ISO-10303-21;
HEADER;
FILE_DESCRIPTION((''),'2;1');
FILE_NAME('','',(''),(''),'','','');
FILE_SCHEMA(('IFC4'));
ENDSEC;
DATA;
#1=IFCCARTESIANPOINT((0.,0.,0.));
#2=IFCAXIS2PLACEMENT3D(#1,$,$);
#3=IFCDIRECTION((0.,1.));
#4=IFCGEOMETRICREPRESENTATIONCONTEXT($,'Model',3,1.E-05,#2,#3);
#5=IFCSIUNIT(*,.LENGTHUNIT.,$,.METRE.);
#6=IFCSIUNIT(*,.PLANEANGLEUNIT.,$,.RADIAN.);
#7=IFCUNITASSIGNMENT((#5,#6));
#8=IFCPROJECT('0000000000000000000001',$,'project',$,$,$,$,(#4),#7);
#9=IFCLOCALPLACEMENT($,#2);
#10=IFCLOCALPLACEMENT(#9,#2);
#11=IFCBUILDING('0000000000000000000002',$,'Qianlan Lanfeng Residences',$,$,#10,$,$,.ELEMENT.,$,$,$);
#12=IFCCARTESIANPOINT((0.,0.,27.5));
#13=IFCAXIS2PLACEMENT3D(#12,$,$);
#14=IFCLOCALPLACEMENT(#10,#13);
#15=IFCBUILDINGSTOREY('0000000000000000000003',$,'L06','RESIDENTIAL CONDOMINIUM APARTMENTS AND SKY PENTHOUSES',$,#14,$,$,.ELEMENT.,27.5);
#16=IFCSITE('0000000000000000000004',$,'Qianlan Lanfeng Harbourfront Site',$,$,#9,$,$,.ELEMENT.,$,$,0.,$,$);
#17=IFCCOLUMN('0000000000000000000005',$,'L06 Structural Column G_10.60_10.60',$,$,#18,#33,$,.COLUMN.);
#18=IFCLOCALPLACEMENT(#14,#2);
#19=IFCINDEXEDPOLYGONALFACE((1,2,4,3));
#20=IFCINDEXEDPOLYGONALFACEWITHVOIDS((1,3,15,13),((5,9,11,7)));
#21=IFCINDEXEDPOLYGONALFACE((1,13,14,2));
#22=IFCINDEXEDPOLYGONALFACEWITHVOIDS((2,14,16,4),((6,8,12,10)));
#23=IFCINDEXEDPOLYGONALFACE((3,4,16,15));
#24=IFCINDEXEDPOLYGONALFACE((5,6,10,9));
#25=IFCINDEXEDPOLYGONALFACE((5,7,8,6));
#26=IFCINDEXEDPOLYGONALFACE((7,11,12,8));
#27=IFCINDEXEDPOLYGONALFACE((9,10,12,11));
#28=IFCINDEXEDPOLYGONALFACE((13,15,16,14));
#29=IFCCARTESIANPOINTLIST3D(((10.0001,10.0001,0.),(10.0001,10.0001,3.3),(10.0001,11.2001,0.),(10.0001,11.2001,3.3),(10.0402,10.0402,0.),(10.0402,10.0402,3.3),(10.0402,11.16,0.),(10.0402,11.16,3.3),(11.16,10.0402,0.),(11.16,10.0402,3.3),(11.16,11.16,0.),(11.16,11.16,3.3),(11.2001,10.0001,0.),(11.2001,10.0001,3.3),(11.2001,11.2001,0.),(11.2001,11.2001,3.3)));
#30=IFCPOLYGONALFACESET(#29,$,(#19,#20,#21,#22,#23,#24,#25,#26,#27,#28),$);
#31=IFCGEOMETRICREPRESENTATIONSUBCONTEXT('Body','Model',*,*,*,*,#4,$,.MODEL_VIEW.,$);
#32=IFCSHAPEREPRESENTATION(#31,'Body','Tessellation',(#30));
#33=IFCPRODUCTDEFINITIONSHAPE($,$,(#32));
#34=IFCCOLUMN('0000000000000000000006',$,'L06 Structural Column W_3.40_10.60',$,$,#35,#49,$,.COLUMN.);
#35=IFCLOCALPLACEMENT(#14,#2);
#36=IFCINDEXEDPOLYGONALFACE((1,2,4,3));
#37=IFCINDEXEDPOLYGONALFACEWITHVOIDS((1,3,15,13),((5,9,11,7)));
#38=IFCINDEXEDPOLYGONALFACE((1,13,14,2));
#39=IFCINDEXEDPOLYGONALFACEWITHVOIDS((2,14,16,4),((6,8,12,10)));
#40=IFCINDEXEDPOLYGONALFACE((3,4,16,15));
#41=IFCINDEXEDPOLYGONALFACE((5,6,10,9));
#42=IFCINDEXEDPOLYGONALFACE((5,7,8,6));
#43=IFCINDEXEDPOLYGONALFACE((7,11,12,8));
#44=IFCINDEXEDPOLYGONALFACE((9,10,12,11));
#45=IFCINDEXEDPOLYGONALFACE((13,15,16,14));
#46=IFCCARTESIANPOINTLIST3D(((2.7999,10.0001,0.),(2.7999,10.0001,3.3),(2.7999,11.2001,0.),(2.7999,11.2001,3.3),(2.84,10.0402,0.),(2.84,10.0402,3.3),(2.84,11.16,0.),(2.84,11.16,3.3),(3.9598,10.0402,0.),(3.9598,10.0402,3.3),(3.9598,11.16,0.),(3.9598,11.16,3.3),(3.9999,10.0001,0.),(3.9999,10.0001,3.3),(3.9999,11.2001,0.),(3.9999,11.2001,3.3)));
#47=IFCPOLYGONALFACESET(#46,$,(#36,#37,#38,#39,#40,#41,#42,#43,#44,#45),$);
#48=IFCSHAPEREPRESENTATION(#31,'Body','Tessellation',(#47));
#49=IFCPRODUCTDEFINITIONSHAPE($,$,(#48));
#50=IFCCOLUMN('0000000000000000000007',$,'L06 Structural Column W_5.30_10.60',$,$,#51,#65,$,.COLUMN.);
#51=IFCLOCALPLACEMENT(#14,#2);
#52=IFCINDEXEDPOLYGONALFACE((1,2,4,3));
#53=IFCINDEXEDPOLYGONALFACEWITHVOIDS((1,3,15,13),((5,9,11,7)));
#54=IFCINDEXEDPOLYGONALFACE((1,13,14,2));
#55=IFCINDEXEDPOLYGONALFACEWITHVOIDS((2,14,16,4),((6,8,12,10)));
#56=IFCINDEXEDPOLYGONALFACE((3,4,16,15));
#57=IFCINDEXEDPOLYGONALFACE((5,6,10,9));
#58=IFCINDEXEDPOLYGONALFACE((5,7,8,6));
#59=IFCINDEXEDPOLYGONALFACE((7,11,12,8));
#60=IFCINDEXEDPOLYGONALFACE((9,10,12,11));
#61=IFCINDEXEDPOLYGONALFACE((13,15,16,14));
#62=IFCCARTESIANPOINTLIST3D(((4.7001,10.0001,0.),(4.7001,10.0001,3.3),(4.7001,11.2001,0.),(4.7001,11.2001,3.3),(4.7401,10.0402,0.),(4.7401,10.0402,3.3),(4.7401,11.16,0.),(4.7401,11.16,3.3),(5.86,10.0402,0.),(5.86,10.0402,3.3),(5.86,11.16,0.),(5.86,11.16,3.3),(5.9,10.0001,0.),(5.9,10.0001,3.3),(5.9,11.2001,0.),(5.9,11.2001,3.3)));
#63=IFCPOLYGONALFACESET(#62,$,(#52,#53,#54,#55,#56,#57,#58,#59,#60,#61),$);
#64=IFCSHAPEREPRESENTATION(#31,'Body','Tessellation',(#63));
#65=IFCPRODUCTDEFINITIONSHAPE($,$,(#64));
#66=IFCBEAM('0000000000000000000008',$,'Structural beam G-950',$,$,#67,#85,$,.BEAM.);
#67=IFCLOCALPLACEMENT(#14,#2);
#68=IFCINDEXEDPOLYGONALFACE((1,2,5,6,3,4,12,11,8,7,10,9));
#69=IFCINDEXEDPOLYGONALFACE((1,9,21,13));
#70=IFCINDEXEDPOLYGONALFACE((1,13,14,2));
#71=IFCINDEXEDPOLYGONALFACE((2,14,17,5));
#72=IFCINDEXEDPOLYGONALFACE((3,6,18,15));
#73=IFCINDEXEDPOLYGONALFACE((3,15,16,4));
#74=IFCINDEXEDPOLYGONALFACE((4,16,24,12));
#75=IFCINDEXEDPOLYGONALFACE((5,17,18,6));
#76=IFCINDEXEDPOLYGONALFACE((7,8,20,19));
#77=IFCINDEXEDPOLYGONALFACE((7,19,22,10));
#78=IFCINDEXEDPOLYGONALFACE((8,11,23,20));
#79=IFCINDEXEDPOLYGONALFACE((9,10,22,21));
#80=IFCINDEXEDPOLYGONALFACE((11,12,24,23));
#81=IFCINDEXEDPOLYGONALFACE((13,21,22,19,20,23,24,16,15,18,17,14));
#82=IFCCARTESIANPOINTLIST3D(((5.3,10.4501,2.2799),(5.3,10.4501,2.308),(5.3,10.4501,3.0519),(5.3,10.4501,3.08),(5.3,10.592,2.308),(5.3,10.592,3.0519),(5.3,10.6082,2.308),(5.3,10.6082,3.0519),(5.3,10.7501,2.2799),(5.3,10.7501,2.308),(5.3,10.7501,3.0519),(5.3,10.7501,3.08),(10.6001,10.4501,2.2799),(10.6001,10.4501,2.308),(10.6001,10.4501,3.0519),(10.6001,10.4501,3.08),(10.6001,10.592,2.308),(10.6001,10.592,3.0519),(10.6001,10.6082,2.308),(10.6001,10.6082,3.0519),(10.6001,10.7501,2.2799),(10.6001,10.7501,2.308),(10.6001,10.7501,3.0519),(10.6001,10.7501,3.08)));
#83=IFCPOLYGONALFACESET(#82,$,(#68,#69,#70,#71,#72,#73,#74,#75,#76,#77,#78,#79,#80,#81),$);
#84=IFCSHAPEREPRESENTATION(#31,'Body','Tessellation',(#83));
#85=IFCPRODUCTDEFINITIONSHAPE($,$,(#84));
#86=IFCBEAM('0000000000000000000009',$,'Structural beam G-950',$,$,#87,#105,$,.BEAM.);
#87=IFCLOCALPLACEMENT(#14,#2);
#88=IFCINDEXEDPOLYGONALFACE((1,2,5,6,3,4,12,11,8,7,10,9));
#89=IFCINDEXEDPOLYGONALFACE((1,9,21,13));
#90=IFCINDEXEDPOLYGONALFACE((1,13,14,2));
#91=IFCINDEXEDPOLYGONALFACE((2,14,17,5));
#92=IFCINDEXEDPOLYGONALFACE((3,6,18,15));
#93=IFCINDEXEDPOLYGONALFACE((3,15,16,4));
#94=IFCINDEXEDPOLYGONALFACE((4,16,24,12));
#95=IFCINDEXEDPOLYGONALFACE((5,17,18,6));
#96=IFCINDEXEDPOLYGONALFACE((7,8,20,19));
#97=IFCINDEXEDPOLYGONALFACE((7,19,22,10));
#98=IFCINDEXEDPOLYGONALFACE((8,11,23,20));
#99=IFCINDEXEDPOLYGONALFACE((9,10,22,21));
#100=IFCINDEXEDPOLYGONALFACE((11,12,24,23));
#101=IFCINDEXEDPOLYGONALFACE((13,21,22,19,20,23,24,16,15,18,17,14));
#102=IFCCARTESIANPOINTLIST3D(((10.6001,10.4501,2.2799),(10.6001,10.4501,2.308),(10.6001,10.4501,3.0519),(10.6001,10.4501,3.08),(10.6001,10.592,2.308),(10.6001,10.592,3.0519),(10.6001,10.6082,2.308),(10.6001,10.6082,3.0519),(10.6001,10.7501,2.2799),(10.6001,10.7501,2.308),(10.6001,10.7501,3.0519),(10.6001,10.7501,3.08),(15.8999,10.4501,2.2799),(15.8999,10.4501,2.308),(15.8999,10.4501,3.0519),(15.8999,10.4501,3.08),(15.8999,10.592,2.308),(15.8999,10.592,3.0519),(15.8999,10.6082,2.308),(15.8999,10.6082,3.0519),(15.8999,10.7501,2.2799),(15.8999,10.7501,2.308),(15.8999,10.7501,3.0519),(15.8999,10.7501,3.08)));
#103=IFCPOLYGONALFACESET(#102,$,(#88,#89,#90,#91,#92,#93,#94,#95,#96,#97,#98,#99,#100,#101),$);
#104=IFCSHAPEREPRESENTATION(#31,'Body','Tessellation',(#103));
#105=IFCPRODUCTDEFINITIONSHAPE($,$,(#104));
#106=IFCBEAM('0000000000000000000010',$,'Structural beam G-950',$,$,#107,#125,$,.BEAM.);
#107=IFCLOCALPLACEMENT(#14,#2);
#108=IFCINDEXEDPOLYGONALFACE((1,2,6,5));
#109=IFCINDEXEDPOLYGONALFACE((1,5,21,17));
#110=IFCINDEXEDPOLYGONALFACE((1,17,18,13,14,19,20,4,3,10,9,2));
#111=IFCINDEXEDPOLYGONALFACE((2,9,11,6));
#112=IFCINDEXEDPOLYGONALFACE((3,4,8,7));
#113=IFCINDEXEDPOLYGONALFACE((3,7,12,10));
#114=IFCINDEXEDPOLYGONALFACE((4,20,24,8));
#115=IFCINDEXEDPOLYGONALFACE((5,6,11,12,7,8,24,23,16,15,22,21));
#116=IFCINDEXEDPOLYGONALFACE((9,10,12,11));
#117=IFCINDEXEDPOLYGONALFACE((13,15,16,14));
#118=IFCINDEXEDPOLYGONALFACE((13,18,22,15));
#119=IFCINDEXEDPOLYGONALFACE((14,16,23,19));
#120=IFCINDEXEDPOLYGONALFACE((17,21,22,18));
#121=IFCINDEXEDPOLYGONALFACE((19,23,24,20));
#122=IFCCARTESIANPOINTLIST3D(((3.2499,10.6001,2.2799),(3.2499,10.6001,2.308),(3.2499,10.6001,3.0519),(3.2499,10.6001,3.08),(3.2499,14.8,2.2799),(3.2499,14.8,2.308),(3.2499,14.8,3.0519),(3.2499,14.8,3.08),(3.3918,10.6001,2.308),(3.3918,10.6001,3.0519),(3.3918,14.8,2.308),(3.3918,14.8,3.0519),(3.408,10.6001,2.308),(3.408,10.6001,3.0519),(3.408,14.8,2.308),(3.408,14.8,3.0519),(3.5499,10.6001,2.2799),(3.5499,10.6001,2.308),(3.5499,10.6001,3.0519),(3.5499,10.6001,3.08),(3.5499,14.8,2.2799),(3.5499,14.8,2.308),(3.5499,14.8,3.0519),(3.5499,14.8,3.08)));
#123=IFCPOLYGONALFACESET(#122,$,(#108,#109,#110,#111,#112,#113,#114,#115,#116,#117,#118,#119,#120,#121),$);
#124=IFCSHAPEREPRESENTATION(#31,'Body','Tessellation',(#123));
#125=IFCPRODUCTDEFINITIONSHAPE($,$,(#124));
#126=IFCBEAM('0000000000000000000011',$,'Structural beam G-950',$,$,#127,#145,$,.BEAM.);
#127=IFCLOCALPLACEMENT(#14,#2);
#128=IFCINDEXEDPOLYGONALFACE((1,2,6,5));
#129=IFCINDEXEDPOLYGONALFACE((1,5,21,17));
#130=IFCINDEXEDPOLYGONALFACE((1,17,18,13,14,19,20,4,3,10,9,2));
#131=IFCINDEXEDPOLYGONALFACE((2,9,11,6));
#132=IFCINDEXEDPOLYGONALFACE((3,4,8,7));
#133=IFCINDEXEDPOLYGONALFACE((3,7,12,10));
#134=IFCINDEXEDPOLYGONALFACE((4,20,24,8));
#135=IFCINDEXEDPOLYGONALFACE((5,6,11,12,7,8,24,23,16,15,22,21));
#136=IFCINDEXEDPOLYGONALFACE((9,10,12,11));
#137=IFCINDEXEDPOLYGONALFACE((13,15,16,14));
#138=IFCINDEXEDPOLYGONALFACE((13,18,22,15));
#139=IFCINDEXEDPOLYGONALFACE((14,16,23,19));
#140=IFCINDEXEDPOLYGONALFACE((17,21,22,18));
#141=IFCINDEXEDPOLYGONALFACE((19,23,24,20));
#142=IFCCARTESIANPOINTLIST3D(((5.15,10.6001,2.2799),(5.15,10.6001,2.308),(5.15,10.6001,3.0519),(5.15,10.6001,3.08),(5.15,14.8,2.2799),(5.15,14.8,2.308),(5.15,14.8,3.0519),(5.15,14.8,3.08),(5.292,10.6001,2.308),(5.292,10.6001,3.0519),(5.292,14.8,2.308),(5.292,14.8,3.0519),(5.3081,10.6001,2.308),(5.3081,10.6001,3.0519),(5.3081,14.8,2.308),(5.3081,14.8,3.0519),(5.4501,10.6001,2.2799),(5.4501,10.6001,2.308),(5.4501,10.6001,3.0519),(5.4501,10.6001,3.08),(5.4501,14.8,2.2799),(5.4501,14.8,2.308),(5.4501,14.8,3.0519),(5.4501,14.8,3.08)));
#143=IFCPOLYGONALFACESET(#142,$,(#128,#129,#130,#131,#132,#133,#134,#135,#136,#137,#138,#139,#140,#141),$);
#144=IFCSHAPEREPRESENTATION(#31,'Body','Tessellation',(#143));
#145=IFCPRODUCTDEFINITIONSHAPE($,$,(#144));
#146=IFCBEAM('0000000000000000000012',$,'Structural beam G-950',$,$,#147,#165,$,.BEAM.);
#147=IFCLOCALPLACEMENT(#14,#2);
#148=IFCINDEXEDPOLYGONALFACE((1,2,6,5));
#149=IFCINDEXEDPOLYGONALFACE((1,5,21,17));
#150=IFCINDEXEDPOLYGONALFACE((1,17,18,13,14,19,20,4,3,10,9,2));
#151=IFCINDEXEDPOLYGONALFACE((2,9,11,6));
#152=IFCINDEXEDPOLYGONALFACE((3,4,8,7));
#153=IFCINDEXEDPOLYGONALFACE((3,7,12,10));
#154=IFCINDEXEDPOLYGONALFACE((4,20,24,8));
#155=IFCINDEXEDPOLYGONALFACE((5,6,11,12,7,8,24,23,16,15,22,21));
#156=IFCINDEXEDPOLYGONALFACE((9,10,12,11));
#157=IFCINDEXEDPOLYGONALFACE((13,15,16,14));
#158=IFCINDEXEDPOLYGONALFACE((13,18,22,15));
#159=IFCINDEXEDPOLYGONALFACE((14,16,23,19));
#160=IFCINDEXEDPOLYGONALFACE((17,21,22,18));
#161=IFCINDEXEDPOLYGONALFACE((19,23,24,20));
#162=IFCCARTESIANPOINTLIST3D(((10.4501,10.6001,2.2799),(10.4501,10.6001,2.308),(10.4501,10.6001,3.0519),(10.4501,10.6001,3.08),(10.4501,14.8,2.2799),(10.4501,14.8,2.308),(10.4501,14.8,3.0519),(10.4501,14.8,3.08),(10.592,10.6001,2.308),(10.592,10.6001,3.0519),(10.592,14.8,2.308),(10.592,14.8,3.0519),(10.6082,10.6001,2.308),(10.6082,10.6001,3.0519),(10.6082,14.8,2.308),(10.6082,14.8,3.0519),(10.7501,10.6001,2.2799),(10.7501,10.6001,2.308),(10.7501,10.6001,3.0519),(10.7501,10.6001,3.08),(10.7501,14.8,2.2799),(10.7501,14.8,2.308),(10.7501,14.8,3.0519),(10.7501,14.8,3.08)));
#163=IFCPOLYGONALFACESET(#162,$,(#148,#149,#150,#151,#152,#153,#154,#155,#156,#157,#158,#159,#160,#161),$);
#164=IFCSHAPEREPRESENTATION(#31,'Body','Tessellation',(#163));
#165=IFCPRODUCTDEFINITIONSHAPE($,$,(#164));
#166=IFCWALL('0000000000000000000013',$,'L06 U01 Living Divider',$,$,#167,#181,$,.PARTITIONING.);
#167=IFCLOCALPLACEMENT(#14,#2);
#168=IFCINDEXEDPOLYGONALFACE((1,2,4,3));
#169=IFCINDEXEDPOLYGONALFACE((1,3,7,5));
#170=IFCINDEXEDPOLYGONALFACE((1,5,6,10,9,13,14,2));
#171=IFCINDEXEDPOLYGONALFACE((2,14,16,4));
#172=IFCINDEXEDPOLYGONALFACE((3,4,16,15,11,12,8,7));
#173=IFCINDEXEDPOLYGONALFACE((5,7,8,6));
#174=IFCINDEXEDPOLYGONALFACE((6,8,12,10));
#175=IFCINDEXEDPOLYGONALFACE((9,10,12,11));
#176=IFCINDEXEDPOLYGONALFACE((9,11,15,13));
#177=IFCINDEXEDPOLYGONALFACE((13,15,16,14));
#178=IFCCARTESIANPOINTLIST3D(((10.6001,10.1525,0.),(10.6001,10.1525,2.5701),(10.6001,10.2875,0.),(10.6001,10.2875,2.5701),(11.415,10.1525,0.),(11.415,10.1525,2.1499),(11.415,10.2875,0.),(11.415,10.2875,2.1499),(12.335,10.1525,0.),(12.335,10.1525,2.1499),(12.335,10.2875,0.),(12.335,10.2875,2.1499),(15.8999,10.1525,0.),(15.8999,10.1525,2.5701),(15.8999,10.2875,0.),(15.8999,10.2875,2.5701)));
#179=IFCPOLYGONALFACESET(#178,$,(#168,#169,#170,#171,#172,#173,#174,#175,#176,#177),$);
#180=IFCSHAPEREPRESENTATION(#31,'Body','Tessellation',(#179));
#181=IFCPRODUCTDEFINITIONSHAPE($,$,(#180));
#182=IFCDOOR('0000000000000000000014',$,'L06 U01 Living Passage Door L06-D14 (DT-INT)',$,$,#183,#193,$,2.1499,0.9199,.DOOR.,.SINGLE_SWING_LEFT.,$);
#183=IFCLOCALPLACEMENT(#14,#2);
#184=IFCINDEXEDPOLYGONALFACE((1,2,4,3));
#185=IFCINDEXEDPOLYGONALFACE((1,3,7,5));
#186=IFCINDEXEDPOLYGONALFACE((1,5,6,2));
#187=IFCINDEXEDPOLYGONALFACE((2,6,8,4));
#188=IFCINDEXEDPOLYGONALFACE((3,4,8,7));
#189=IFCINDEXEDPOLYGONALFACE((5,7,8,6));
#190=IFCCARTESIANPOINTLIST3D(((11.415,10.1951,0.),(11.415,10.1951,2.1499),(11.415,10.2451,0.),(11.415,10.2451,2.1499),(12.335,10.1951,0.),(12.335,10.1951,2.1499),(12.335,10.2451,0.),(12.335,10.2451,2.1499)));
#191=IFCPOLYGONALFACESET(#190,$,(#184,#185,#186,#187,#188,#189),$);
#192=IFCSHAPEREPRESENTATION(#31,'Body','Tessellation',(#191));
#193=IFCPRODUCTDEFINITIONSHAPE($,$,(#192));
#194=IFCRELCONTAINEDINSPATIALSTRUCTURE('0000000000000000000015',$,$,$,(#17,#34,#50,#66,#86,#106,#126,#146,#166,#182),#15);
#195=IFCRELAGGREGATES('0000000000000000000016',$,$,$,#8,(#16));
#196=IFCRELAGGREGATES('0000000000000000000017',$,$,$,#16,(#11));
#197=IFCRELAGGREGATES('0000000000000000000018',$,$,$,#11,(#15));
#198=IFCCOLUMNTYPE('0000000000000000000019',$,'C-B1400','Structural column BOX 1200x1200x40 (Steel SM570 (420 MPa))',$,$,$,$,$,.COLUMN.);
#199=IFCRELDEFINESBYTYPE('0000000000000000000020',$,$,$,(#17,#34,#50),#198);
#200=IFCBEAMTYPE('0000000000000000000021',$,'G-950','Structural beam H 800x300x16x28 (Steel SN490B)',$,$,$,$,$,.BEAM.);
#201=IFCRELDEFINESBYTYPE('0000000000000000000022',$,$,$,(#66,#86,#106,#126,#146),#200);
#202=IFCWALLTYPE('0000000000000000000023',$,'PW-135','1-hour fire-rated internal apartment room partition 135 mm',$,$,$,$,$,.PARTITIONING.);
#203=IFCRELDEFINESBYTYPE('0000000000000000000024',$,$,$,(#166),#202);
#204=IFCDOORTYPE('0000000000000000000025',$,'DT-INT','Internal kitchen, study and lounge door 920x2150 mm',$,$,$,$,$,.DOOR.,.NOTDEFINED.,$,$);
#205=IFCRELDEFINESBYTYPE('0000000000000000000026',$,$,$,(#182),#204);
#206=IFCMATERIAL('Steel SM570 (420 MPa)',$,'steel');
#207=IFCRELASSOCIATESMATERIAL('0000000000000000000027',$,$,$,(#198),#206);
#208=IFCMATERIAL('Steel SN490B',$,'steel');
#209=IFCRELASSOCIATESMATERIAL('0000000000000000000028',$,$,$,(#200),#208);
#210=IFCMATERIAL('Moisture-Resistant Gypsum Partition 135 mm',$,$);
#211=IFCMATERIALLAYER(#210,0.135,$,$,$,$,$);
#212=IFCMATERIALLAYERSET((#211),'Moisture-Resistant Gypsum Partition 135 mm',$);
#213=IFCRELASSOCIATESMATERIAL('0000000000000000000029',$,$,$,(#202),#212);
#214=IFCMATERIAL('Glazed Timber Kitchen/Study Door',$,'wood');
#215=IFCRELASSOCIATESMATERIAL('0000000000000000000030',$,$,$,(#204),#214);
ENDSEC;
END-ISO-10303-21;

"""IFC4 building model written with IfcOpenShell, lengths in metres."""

from ifc_helpers import new_model, si_unit, direction, frame, frame_2d, origin, origin_2d, place, context, subcontext, project, spatial, rectangle, hollow_rectangle, i_section, extrude, material, layer, layer_set, material_profile, profile_set, type_object, element, fill, save


model = new_model("IFC4")

# Units and contexts
model_context = context("Model", 3, precision=1e-05, world=origin(), true_north=direction((0.0, 1.0)))
body_context = subcontext(model_context, "Body", "Model", "MODEL_VIEW")
ifc_project = project(units=[si_unit("LENGTHUNIT", "METRE"), si_unit("PLANEANGLEUNIT", "RADIAN")], contexts=[model_context])

# Site, building, storey
site_placement = place(None, origin())
site = spatial("IfcSite", under=ifc_project, at=site_placement, Name="Qianlan Lanfeng Harbourfront Site", CompositionType="ELEMENT", RefElevation=0.0)
building_placement = place(site_placement, origin())
building = spatial("IfcBuilding", under=site, at=building_placement, Name="Qianlan Lanfeng Residences", CompositionType="ELEMENT")
storey_placement = place(building_placement, frame((0.0, 0.0, 27.5)))
storey = spatial("IfcBuildingStorey", under=building, at=storey_placement, Name="L06", Description="RESIDENTIAL CONDOMINIUM APARTMENTS AND SKY PENTHOUSES", CompositionType="ELEMENT", Elevation=27.5)

# Columns
ifc_material_1 = material(Name="Steel SM570 (420 MPa)", Category="steel")
ifc_material_profile_1 = material_profile(ifc_material_1, hollow_rectangle(XDim=1.2, YDim=1.2, WallThickness=0.04, at=origin_2d()), Name="BOX 1200x1200x40")
ifc_profile_set_1 = profile_set([ifc_material_profile_1], Name="Steel SM570 (420 MPa)")
column_type = type_object("IfcColumnType", Name="C-B1400", Description="Structural column BOX 1200x1200x40 (Steel SM570 (420 MPa))", PredefinedType="COLUMN", material=ifc_profile_set_1)
for number, where, z_axis, x_axis, name in (
    (1, (10.6001, 10.6001, 0.0), (0.0, 0.0, 1.0), (1.0, 0.0, 0.0), "L06 Structural Column G_10.60_10.60"),
    (2, (3.3999, 10.6001, 0.0), (0.0, 0.0, 1.0), (1.0, 0.0, 0.0), "L06 Structural Column W_3.40_10.60"),
    (3, (5.3, 10.6001, 0.0), (0.0, 0.0, 1.0), (1.0, 0.0, 0.0), "L06 Structural Column W_5.30_10.60"),
):
    element("IfcColumn", number, at=place(storey_placement, frame(where, z_axis=z_axis, x_axis=x_axis)), inside=storey, type_object=column_type, Name=name, PredefinedType="COLUMN", context=body_context, shape_type="SweptSolid", body=[
        extrude(hollow_rectangle(XDim=1.2, YDim=1.2, WallThickness=0.04, at=origin_2d()), origin(), (0.0, 0.0, 1.0), 3.3),
    ])

# Beams
ifc_material_2 = material(Name="Steel SN490B", Category="steel")
ifc_material_profile_2 = material_profile(ifc_material_2, i_section(OverallWidth=0.3, OverallDepth=0.8, WebThickness=0.0161, FlangeThickness=0.0281, at=origin_2d()), Name="H 800x300x16x28")
ifc_profile_set_2 = profile_set([ifc_material_profile_2], Name="Steel SN490B")
beam_type = type_object("IfcBeamType", Name="G-950", Description="Structural beam H 800x300x16x28 (Steel SN490B)", PredefinedType="BEAM", material=ifc_profile_set_2)
beam_1_placement = place(storey_placement, frame((5.3, 10.6001, 2.6799), z_axis=(1.0, 0.0, 0.0), x_axis=(0.0, 1.0, 0.0)))
element("IfcBeam", 4, at=beam_1_placement, inside=storey, type_object=beam_type, Name="Structural beam G-950", PredefinedType="BEAM", context=body_context, shape_type="SweptSolid", body=[
    extrude(i_section(OverallWidth=0.3, OverallDepth=0.8, WebThickness=0.0161, FlangeThickness=0.0281, at=origin_2d()), origin(), (0.0, 0.0, 1.0), 5.3),
])
beam_2_placement = place(storey_placement, frame((10.6001, 10.6001, 2.6799), z_axis=(1.0, 0.0, 0.0), x_axis=(0.0, 1.0, 0.0)))
element("IfcBeam", 5, at=beam_2_placement, inside=storey, type_object=beam_type, Name="Structural beam G-950", PredefinedType="BEAM", context=body_context, shape_type="SweptSolid", body=[
    extrude(i_section(OverallWidth=0.3, OverallDepth=0.8, WebThickness=0.0161, FlangeThickness=0.0281, at=origin_2d()), origin(), (0.0, 0.0, 1.0), 5.2998),
])
for number, where, z_axis, x_axis, name in (
    (6, (3.3999, 10.6001, 2.6799), (0.0, 1.0, 0.0), (-1.0, 0.0, 0.0), "Structural beam G-950"),
    (7, (5.3, 10.6001, 2.6799), (0.0, 1.0, 0.0), (-1.0, 0.0, 0.0), "Structural beam G-950"),
    (8, (10.6001, 10.6001, 2.6799), (0.0, 1.0, 0.0), (-1.0, 0.0, 0.0), "Structural beam G-950"),
):
    element("IfcBeam", number, at=place(storey_placement, frame(where, z_axis=z_axis, x_axis=x_axis)), inside=storey, type_object=beam_type, Name=name, PredefinedType="BEAM", context=body_context, shape_type="SweptSolid", body=[
        extrude(i_section(OverallWidth=0.3, OverallDepth=0.8, WebThickness=0.0161, FlangeThickness=0.0281, at=origin_2d()), origin(), (0.0, 0.0, 1.0), 4.2),
    ])

# Wall, opening, door
ifc_material_3 = material(Name="Moisture-Resistant Gypsum Partition 135 mm")
ifc_layer = layer(ifc_material_3, 0.135)
ifc_layer_set = layer_set([ifc_layer], Name="Moisture-Resistant Gypsum Partition 135 mm")
wall_type = type_object("IfcWallType", Name="PW-135", Description="1-hour fire-rated internal apartment room partition 135 mm", PredefinedType="PARTITIONING", material=ifc_layer_set)
wall_1_placement = place(storey_placement, frame((10.6001, 10.22, 0.0), z_axis=(0.0, 0.0, 1.0), x_axis=(1.0, 0.0, 0.0)))
wall_1 = element("IfcWall", 9, at=wall_1_placement, inside=storey, type_object=wall_type, Name="L06 U01 Living Divider", PredefinedType="PARTITIONING", context=body_context, shape_type="SweptSolid", body=[
    extrude(rectangle(XDim=5.2998, YDim=0.135, at=frame_2d((2.6499, 0.0))), origin(), (0.0, 0.0, 1.0), 2.5701),
])
opening_1_placement = place(wall_1_placement, frame((0.8149, 0.0, 0.0)))
opening_1 = element("IfcOpeningElement", 10, at=opening_1_placement, cuts=wall_1, PredefinedType="OPENING", context=body_context, shape_type="SweptSolid", body=[
    extrude(rectangle(XDim=0.9199, YDim=2.1499, at=frame_2d((0.46, 1.075))), frame((0.0, 0.0776, 0.0), z_axis=(0.0, -1.0, 0.0), x_axis=(1.0, 0.0, 0.0)), (0.0, 0.0, 1.0), 0.155),
])
ifc_material_4 = material(Name="Glazed Timber Kitchen/Study Door", Category="wood")
door_type = type_object("IfcDoorType", Name="DT-INT", Description="Internal kitchen, study and lounge door 920x2150 mm", OperationType="NOTDEFINED", PredefinedType="DOOR", material=ifc_material_4)
door_1_placement = place(opening_1_placement, frame((0.9199, 0.0, 0.0), z_axis=(0.0, 0.0, 1.0), x_axis=(-1.0, 0.0, 0.0)))
door_1 = element("IfcDoor", 11, at=door_1_placement, inside=storey, type_object=door_type, Name="L06 U01 Living Passage Door L06-D14 (DT-INT)", OperationType="SINGLE_SWING_LEFT", OverallHeight=2.1499, OverallWidth=0.9199, PredefinedType="DOOR", context=body_context, shape_type="SweptSolid", body=[
    extrude(rectangle(XDim=0.9199, YDim=2.1499, at=frame_2d((0.46, 1.075))), frame((0.0, 0.0249, 0.0), z_axis=(0.0, -1.0, 0.0), x_axis=(1.0, 0.0, 0.0)), (0.0, 0.0, 1.0), 0.05),
])
fill(opening_1, door_1)

save(model, "model.ifc")
